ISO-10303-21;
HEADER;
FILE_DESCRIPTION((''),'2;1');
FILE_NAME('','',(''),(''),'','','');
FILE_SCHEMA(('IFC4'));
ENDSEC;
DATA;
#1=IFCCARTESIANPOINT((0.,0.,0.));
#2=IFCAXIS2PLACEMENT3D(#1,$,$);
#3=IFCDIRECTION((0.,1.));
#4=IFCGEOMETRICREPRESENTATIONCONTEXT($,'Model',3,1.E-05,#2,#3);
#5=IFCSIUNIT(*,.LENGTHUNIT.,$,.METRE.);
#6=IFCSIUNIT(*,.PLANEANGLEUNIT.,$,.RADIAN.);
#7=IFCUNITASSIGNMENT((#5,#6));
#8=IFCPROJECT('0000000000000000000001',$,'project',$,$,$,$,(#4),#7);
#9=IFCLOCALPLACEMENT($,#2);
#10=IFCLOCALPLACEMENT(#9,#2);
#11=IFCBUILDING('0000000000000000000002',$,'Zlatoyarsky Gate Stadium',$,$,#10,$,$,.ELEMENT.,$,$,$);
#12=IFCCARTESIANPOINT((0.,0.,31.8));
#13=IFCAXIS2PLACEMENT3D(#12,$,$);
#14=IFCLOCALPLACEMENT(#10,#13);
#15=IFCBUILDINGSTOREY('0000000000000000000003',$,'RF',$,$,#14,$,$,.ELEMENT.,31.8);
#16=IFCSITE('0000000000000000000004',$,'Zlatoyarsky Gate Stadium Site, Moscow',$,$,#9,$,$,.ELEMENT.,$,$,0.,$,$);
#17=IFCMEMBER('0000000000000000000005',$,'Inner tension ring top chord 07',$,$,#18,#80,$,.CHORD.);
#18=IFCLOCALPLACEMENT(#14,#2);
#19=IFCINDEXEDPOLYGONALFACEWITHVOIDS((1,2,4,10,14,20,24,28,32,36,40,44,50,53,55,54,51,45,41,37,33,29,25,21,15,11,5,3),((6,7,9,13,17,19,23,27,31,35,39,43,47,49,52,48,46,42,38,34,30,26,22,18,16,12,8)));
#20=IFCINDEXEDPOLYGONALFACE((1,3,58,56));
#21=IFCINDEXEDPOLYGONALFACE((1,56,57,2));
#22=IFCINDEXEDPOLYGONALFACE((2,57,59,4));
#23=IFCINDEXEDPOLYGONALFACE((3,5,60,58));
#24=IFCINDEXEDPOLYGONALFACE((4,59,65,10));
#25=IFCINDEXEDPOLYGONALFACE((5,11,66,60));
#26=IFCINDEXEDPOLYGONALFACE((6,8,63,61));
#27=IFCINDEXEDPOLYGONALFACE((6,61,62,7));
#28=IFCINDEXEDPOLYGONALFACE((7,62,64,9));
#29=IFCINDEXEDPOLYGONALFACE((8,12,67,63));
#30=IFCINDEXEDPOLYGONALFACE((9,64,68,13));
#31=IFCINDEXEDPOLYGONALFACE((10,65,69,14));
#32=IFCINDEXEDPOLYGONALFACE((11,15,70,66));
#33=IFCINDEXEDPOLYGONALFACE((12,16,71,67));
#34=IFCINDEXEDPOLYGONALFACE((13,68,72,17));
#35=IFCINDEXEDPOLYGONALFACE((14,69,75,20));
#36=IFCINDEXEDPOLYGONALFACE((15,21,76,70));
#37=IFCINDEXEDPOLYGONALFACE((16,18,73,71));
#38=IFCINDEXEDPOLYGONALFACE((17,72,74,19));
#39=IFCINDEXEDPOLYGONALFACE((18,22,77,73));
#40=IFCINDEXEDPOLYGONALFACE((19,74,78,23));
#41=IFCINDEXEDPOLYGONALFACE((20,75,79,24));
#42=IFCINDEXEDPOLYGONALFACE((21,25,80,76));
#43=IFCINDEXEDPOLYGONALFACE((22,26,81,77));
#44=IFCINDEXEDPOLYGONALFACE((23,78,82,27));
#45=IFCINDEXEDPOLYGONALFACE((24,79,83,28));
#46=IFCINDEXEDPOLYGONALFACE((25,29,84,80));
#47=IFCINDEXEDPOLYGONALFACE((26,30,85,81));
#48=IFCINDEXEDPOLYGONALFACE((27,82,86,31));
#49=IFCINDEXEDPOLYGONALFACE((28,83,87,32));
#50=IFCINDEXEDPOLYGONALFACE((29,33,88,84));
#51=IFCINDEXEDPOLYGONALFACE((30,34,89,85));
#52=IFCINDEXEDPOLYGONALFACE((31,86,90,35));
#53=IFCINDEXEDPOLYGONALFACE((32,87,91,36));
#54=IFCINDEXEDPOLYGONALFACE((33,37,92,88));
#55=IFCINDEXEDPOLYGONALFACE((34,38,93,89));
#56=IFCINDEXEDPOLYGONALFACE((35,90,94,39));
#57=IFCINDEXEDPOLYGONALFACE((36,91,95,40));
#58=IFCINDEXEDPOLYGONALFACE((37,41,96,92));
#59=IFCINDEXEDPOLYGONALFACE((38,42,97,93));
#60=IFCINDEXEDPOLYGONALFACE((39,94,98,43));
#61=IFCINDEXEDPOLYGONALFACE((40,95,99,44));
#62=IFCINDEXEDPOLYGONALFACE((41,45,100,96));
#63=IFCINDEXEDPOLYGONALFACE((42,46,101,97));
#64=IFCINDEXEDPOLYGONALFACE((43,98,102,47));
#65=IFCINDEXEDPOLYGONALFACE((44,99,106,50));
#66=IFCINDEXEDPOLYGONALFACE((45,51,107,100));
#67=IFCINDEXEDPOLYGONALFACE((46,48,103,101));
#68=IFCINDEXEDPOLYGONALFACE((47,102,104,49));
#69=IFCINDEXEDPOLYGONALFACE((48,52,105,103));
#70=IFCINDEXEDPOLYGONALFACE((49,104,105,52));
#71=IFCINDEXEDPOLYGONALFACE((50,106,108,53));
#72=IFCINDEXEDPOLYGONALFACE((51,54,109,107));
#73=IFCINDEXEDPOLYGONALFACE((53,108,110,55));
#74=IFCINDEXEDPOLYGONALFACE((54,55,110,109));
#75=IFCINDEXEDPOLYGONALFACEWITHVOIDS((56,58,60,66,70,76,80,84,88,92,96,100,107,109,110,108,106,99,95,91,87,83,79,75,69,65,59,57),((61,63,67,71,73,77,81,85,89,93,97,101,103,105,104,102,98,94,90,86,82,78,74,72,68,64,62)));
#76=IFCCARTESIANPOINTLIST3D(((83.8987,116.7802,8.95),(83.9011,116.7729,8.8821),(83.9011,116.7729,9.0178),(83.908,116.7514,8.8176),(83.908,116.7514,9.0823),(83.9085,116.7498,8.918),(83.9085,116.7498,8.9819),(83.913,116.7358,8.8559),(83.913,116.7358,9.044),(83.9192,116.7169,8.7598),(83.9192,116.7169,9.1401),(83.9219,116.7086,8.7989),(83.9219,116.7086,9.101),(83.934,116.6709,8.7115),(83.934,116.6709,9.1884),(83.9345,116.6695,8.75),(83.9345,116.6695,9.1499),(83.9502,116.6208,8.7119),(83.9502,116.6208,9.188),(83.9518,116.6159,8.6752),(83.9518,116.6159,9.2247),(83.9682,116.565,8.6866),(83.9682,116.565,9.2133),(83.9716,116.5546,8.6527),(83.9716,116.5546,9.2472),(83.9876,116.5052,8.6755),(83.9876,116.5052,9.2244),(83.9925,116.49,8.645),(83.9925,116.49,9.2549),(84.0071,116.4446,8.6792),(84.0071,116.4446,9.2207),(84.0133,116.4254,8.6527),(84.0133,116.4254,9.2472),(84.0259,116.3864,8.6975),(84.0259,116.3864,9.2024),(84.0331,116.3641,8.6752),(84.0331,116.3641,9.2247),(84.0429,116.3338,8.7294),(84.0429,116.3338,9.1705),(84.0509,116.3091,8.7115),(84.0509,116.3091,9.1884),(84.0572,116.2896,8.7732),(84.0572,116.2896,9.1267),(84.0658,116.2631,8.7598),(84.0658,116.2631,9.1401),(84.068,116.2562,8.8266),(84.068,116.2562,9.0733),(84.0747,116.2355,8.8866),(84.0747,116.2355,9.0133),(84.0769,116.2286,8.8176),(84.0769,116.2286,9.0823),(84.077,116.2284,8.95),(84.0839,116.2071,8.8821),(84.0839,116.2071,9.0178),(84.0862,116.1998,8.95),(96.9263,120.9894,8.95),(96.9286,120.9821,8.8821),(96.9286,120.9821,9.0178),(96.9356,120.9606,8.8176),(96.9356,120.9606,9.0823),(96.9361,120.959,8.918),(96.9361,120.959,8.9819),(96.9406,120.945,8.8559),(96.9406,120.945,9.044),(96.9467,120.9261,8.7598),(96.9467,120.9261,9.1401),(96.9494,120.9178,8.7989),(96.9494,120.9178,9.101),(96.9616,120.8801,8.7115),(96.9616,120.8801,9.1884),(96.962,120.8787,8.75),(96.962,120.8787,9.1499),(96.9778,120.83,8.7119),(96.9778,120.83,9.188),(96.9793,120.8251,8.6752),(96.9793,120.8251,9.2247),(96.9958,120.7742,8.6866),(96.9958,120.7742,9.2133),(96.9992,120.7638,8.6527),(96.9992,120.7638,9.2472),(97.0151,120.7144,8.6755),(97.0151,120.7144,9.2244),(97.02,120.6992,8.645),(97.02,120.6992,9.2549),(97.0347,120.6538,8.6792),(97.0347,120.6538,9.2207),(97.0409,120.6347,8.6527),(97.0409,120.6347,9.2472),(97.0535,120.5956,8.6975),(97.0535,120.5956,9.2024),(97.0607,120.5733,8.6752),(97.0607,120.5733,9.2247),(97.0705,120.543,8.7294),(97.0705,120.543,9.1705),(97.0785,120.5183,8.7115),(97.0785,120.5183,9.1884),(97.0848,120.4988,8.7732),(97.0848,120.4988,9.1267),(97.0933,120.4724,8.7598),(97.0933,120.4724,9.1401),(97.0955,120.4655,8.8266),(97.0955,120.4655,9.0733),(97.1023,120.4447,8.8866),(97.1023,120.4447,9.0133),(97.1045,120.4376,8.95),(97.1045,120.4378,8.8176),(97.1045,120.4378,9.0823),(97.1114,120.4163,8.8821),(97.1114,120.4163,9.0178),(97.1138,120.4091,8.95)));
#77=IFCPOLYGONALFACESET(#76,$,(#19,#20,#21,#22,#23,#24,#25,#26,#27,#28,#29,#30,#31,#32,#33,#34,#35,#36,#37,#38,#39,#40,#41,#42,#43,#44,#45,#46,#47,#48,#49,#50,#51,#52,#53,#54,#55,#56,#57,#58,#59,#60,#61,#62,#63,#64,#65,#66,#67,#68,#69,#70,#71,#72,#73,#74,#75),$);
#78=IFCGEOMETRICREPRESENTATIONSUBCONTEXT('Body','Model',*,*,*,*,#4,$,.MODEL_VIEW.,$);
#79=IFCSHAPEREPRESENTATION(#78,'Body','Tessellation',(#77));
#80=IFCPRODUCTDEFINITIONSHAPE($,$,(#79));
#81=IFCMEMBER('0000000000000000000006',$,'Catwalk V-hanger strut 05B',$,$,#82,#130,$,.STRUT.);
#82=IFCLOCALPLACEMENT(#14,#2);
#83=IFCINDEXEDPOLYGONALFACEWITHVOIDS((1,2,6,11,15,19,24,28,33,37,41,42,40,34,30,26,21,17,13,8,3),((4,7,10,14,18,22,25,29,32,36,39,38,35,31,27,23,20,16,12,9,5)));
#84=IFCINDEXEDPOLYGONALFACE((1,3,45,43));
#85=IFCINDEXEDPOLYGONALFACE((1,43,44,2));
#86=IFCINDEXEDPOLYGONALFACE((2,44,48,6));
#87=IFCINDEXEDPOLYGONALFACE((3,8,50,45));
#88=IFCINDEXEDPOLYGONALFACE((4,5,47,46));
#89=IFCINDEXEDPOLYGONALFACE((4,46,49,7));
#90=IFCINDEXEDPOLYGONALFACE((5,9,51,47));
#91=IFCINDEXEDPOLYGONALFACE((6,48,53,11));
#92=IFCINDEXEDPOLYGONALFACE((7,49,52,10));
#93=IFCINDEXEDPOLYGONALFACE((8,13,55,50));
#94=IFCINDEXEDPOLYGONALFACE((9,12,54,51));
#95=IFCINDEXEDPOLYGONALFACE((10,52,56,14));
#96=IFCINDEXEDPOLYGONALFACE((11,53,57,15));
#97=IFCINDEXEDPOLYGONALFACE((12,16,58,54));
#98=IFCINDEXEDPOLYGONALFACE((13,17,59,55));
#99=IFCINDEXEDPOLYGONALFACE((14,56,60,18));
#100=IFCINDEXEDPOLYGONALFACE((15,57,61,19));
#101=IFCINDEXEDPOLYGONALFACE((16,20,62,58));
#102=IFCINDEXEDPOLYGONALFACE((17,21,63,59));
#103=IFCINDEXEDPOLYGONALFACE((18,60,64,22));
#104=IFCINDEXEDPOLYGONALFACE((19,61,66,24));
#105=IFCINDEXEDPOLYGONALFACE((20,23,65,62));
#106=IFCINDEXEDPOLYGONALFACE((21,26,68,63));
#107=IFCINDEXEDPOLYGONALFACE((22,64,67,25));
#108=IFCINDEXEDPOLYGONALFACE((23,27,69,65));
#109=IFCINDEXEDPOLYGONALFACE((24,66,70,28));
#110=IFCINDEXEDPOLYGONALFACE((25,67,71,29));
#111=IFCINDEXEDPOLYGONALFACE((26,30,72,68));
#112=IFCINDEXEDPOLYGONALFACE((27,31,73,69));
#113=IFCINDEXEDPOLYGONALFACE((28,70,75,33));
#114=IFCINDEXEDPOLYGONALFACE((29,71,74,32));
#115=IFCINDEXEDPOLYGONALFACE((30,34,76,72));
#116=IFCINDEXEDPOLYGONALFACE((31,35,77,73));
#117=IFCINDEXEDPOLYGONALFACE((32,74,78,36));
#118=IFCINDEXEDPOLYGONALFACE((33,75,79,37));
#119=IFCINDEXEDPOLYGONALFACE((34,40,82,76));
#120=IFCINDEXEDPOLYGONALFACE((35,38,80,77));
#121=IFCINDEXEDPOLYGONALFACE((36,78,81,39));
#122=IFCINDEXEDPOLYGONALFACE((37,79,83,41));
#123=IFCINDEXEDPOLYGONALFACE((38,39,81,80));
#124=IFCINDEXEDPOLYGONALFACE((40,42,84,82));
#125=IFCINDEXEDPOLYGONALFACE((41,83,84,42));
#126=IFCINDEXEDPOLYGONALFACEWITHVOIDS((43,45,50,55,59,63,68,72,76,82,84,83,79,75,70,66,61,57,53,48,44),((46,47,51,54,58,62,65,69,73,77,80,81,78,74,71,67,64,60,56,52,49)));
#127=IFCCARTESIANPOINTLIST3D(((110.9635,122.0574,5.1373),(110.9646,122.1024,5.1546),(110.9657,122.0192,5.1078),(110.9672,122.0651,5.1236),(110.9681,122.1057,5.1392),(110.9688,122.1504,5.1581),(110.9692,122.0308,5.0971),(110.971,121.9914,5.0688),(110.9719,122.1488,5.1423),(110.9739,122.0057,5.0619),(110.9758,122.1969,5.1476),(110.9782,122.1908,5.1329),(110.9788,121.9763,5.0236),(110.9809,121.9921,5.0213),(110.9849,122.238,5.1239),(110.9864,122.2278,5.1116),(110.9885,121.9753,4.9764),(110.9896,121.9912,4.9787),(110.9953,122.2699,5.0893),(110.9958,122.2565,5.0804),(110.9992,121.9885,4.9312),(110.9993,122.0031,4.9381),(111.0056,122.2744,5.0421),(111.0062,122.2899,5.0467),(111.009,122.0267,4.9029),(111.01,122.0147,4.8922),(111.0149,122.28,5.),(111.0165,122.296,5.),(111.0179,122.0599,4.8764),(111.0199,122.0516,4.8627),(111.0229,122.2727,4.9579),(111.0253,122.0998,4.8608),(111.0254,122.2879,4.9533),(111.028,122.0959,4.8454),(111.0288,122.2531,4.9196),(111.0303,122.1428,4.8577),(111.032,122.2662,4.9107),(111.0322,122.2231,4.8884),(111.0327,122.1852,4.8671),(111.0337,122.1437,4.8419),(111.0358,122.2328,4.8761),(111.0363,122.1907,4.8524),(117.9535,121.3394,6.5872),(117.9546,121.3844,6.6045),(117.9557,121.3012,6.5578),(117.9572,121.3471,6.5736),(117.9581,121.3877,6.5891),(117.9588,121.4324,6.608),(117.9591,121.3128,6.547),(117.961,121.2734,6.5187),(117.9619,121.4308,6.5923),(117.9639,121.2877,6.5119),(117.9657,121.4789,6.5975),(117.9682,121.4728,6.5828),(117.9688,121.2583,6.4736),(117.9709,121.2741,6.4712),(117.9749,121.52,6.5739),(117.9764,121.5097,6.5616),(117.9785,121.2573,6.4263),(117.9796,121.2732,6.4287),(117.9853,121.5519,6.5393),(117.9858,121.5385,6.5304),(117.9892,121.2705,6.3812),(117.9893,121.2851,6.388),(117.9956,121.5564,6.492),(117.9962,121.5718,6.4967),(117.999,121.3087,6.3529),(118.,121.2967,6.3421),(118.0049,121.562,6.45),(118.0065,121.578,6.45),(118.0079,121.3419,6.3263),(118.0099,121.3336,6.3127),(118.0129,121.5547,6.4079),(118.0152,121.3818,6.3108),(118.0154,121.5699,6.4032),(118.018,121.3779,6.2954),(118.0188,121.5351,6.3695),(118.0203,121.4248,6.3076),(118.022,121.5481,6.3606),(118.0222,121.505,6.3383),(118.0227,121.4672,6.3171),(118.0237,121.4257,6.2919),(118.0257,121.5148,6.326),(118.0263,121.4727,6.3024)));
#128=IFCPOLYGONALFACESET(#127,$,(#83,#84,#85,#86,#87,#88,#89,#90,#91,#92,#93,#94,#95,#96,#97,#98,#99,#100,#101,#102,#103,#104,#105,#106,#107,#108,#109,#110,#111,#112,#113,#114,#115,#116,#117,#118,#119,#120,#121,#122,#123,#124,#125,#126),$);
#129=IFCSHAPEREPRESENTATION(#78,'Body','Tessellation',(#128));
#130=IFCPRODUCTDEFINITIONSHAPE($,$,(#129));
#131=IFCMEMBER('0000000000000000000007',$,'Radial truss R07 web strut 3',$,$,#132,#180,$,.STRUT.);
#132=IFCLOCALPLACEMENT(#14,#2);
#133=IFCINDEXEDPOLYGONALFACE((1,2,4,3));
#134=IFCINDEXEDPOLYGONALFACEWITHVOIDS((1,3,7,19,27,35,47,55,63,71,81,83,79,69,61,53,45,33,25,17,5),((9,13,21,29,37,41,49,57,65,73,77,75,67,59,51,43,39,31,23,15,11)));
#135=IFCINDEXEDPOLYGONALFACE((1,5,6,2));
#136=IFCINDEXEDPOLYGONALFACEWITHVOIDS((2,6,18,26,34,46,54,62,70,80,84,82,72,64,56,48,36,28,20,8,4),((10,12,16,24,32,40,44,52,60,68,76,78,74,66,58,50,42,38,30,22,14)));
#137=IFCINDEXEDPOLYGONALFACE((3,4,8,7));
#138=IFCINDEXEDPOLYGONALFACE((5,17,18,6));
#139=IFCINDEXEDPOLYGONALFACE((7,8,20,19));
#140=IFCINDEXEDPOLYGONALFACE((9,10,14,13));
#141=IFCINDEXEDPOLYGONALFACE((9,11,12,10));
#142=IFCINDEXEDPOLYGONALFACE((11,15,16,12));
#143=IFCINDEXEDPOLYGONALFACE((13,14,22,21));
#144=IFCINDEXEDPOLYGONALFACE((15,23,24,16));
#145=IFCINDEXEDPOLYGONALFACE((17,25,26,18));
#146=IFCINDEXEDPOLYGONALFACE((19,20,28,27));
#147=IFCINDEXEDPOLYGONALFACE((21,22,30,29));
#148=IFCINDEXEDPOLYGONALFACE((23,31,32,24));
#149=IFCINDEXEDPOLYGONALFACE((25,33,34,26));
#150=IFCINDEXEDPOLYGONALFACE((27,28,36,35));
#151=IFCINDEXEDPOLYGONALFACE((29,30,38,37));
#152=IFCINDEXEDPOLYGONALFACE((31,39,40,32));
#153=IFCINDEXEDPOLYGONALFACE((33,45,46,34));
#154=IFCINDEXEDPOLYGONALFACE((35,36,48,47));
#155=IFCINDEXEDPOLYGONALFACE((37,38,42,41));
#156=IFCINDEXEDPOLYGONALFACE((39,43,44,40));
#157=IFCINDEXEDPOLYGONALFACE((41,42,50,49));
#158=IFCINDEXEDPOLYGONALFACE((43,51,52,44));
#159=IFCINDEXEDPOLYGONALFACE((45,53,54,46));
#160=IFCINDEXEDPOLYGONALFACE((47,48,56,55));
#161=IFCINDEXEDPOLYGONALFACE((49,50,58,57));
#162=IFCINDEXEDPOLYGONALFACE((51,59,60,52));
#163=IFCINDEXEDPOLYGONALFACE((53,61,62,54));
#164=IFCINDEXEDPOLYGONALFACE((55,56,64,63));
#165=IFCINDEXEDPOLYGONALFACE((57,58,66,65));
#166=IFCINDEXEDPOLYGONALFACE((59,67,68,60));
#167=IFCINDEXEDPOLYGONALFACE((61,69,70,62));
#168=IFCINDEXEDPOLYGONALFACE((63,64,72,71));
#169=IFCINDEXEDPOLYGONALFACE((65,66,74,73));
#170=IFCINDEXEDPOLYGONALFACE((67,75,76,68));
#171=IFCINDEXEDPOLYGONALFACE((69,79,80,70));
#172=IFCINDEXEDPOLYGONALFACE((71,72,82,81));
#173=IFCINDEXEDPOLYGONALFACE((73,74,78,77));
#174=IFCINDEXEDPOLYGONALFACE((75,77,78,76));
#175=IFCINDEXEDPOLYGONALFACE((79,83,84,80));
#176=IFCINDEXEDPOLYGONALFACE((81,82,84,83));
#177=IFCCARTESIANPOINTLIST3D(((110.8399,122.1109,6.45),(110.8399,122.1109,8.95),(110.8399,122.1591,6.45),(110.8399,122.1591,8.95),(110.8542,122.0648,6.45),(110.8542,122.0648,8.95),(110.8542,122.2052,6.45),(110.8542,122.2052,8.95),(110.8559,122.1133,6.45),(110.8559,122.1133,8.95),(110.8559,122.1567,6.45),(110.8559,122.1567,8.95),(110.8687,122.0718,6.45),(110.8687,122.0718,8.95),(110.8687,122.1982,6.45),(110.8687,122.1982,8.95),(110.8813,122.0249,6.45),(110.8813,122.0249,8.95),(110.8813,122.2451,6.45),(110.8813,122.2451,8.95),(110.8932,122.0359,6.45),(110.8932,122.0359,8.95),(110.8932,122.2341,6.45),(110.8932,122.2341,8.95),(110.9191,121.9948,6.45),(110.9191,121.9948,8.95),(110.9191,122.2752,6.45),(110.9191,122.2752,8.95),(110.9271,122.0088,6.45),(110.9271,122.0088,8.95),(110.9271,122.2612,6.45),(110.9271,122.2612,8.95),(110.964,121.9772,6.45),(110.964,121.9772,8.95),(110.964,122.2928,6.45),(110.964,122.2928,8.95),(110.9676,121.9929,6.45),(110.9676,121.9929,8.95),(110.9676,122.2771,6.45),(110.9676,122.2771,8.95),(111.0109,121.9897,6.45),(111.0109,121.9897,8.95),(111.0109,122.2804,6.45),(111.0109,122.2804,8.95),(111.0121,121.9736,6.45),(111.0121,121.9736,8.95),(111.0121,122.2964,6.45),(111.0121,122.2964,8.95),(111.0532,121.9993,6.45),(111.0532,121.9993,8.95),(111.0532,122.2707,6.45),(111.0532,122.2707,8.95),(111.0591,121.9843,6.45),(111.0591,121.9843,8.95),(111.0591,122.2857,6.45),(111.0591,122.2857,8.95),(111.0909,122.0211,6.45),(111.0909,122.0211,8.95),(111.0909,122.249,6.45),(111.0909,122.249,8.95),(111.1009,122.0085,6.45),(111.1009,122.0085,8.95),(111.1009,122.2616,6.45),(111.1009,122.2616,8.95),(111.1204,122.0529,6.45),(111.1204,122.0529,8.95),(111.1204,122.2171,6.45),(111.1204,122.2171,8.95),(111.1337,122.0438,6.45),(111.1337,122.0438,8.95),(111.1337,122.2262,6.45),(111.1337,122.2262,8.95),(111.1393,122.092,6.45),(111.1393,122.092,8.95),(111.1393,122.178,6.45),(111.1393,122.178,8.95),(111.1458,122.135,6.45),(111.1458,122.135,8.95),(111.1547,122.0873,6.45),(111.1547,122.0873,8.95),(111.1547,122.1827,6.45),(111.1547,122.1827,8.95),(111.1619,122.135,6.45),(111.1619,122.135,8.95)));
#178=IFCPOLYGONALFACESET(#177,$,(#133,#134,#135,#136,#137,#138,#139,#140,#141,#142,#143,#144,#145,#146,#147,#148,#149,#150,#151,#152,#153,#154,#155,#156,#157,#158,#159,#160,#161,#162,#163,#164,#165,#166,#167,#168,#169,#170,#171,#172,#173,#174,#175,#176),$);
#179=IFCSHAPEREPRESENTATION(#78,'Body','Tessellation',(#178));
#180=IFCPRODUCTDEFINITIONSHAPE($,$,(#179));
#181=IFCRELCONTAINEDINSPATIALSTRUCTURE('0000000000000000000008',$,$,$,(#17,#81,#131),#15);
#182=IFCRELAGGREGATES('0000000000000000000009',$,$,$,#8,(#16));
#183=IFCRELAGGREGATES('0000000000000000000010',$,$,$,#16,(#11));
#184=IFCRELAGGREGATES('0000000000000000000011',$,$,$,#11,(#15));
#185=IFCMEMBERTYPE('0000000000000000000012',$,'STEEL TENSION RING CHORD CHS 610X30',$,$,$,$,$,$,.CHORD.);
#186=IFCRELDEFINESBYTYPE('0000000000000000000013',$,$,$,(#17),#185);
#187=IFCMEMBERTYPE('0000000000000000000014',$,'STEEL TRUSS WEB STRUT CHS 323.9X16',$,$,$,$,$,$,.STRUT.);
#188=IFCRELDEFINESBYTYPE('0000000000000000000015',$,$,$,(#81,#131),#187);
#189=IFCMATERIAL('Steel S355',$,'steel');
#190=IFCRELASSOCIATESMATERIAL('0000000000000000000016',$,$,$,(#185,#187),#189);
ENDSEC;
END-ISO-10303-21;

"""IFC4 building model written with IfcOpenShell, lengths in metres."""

from ifc_helpers import new_model, si_unit, direction, frame, origin, origin_2d, place, context, subcontext, project, spatial, hollow_circle, extrude, material, material_profile, profile_set, type_object, element, save


model = new_model("IFC4")

# Units and contexts
model_context = context("Model", 3, precision=1e-05, world=origin(), true_north=direction((0.0, 1.0)))
body_context = subcontext(model_context, "Body", "Model", "MODEL_VIEW")
ifc_project = project(units=[si_unit("LENGTHUNIT", "METRE"), si_unit("PLANEANGLEUNIT", "RADIAN")], contexts=[model_context])

# Site, building, storey
site_placement = place(None, origin())
site = spatial("IfcSite", under=ifc_project, at=site_placement, Name="Zlatoyarsky Gate Stadium Site, Moscow", CompositionType="ELEMENT", RefElevation=0.0)
building_placement = place(site_placement, origin())
building = spatial("IfcBuilding", under=site, at=building_placement, Name="Zlatoyarsky Gate Stadium", CompositionType="ELEMENT")
storey_placement = place(building_placement, frame((0.0, 0.0, 31.8)))
storey = spatial("IfcBuildingStorey", under=building, at=storey_placement, Name="RF", CompositionType="ELEMENT", Elevation=31.8)

# Shared definitions
ifc_material_1 = material(Name="Steel S355", Category="steel")

# Members
ifc_material_profile_1 = material_profile(ifc_material_1, hollow_circle(Radius=0.3049, WallThickness=0.03, at=origin_2d()), Name="CHS 610X30")
ifc_profile_set_1 = profile_set([ifc_material_profile_1], Name="Steel S355")
member_type_1 = type_object("IfcMemberType", Name="STEEL TENSION RING CHORD CHS 610X30", PredefinedType="CHORD", material=ifc_profile_set_1)
member_1_placement = place(storey_placement, frame((97.02, 120.6992, 8.95), z_axis=(-0.951564, -0.307451, 0.0), x_axis=(0.307451, -0.951564, 0.0)))
element("IfcMember", 1, at=member_1_placement, inside=storey, type_object=member_type_1, Name="Inner tension ring top chord 07", PredefinedType="CHORD", context=body_context, shape_type="SweptSolid", body=[
    extrude(hollow_circle(Radius=0.3049, WallThickness=0.03, at=origin_2d()), origin(), (0.0, 0.0, 1.0), 13.6907),
])
ifc_material_profile_2 = material_profile(ifc_material_1, hollow_circle(Radius=0.1619, WallThickness=0.0161, at=origin_2d()), Name="CHS 323.9X16")
ifc_profile_set_2 = profile_set([ifc_material_profile_2], Name="Steel S355")
member_type_2 = type_object("IfcMemberType", Name="STEEL TRUSS WEB STRUT CHS 323.9X16", PredefinedType="STRUT", material=ifc_profile_set_2)
member_2_placement = place(storey_placement, frame((111.0, 122.135, 5.0), z_axis=(0.974241, -0.100075, 0.202089), x_axis=(0.102183, 0.994766, 0.0)))
element("IfcMember", 2, at=member_2_placement, inside=storey, type_object=member_type_2, Name="Catwalk V-hanger strut 05B", PredefinedType="STRUT", context=body_context, shape_type="SweptSolid", body=[
    extrude(hollow_circle(Radius=0.1619, WallThickness=0.0161, at=origin_2d()), origin(), (0.0, 0.0, 1.0), 7.1748),
])
member_3_placement = place(storey_placement, frame((111.0, 122.135, 6.45), z_axis=(0.0, 0.0, 1.0), x_axis=(1.0, 0.0, 0.0)))
element("IfcMember", 3, at=member_3_placement, inside=storey, type_object=member_type_2, Name="Radial truss R07 web strut 3", PredefinedType="STRUT", context=body_context, shape_type="SweptSolid", body=[
    extrude(hollow_circle(Radius=0.1619, WallThickness=0.0161, at=origin_2d()), origin(), (0.0, 0.0, 1.0), 2.5),
])

save(model, "model.ifc")
